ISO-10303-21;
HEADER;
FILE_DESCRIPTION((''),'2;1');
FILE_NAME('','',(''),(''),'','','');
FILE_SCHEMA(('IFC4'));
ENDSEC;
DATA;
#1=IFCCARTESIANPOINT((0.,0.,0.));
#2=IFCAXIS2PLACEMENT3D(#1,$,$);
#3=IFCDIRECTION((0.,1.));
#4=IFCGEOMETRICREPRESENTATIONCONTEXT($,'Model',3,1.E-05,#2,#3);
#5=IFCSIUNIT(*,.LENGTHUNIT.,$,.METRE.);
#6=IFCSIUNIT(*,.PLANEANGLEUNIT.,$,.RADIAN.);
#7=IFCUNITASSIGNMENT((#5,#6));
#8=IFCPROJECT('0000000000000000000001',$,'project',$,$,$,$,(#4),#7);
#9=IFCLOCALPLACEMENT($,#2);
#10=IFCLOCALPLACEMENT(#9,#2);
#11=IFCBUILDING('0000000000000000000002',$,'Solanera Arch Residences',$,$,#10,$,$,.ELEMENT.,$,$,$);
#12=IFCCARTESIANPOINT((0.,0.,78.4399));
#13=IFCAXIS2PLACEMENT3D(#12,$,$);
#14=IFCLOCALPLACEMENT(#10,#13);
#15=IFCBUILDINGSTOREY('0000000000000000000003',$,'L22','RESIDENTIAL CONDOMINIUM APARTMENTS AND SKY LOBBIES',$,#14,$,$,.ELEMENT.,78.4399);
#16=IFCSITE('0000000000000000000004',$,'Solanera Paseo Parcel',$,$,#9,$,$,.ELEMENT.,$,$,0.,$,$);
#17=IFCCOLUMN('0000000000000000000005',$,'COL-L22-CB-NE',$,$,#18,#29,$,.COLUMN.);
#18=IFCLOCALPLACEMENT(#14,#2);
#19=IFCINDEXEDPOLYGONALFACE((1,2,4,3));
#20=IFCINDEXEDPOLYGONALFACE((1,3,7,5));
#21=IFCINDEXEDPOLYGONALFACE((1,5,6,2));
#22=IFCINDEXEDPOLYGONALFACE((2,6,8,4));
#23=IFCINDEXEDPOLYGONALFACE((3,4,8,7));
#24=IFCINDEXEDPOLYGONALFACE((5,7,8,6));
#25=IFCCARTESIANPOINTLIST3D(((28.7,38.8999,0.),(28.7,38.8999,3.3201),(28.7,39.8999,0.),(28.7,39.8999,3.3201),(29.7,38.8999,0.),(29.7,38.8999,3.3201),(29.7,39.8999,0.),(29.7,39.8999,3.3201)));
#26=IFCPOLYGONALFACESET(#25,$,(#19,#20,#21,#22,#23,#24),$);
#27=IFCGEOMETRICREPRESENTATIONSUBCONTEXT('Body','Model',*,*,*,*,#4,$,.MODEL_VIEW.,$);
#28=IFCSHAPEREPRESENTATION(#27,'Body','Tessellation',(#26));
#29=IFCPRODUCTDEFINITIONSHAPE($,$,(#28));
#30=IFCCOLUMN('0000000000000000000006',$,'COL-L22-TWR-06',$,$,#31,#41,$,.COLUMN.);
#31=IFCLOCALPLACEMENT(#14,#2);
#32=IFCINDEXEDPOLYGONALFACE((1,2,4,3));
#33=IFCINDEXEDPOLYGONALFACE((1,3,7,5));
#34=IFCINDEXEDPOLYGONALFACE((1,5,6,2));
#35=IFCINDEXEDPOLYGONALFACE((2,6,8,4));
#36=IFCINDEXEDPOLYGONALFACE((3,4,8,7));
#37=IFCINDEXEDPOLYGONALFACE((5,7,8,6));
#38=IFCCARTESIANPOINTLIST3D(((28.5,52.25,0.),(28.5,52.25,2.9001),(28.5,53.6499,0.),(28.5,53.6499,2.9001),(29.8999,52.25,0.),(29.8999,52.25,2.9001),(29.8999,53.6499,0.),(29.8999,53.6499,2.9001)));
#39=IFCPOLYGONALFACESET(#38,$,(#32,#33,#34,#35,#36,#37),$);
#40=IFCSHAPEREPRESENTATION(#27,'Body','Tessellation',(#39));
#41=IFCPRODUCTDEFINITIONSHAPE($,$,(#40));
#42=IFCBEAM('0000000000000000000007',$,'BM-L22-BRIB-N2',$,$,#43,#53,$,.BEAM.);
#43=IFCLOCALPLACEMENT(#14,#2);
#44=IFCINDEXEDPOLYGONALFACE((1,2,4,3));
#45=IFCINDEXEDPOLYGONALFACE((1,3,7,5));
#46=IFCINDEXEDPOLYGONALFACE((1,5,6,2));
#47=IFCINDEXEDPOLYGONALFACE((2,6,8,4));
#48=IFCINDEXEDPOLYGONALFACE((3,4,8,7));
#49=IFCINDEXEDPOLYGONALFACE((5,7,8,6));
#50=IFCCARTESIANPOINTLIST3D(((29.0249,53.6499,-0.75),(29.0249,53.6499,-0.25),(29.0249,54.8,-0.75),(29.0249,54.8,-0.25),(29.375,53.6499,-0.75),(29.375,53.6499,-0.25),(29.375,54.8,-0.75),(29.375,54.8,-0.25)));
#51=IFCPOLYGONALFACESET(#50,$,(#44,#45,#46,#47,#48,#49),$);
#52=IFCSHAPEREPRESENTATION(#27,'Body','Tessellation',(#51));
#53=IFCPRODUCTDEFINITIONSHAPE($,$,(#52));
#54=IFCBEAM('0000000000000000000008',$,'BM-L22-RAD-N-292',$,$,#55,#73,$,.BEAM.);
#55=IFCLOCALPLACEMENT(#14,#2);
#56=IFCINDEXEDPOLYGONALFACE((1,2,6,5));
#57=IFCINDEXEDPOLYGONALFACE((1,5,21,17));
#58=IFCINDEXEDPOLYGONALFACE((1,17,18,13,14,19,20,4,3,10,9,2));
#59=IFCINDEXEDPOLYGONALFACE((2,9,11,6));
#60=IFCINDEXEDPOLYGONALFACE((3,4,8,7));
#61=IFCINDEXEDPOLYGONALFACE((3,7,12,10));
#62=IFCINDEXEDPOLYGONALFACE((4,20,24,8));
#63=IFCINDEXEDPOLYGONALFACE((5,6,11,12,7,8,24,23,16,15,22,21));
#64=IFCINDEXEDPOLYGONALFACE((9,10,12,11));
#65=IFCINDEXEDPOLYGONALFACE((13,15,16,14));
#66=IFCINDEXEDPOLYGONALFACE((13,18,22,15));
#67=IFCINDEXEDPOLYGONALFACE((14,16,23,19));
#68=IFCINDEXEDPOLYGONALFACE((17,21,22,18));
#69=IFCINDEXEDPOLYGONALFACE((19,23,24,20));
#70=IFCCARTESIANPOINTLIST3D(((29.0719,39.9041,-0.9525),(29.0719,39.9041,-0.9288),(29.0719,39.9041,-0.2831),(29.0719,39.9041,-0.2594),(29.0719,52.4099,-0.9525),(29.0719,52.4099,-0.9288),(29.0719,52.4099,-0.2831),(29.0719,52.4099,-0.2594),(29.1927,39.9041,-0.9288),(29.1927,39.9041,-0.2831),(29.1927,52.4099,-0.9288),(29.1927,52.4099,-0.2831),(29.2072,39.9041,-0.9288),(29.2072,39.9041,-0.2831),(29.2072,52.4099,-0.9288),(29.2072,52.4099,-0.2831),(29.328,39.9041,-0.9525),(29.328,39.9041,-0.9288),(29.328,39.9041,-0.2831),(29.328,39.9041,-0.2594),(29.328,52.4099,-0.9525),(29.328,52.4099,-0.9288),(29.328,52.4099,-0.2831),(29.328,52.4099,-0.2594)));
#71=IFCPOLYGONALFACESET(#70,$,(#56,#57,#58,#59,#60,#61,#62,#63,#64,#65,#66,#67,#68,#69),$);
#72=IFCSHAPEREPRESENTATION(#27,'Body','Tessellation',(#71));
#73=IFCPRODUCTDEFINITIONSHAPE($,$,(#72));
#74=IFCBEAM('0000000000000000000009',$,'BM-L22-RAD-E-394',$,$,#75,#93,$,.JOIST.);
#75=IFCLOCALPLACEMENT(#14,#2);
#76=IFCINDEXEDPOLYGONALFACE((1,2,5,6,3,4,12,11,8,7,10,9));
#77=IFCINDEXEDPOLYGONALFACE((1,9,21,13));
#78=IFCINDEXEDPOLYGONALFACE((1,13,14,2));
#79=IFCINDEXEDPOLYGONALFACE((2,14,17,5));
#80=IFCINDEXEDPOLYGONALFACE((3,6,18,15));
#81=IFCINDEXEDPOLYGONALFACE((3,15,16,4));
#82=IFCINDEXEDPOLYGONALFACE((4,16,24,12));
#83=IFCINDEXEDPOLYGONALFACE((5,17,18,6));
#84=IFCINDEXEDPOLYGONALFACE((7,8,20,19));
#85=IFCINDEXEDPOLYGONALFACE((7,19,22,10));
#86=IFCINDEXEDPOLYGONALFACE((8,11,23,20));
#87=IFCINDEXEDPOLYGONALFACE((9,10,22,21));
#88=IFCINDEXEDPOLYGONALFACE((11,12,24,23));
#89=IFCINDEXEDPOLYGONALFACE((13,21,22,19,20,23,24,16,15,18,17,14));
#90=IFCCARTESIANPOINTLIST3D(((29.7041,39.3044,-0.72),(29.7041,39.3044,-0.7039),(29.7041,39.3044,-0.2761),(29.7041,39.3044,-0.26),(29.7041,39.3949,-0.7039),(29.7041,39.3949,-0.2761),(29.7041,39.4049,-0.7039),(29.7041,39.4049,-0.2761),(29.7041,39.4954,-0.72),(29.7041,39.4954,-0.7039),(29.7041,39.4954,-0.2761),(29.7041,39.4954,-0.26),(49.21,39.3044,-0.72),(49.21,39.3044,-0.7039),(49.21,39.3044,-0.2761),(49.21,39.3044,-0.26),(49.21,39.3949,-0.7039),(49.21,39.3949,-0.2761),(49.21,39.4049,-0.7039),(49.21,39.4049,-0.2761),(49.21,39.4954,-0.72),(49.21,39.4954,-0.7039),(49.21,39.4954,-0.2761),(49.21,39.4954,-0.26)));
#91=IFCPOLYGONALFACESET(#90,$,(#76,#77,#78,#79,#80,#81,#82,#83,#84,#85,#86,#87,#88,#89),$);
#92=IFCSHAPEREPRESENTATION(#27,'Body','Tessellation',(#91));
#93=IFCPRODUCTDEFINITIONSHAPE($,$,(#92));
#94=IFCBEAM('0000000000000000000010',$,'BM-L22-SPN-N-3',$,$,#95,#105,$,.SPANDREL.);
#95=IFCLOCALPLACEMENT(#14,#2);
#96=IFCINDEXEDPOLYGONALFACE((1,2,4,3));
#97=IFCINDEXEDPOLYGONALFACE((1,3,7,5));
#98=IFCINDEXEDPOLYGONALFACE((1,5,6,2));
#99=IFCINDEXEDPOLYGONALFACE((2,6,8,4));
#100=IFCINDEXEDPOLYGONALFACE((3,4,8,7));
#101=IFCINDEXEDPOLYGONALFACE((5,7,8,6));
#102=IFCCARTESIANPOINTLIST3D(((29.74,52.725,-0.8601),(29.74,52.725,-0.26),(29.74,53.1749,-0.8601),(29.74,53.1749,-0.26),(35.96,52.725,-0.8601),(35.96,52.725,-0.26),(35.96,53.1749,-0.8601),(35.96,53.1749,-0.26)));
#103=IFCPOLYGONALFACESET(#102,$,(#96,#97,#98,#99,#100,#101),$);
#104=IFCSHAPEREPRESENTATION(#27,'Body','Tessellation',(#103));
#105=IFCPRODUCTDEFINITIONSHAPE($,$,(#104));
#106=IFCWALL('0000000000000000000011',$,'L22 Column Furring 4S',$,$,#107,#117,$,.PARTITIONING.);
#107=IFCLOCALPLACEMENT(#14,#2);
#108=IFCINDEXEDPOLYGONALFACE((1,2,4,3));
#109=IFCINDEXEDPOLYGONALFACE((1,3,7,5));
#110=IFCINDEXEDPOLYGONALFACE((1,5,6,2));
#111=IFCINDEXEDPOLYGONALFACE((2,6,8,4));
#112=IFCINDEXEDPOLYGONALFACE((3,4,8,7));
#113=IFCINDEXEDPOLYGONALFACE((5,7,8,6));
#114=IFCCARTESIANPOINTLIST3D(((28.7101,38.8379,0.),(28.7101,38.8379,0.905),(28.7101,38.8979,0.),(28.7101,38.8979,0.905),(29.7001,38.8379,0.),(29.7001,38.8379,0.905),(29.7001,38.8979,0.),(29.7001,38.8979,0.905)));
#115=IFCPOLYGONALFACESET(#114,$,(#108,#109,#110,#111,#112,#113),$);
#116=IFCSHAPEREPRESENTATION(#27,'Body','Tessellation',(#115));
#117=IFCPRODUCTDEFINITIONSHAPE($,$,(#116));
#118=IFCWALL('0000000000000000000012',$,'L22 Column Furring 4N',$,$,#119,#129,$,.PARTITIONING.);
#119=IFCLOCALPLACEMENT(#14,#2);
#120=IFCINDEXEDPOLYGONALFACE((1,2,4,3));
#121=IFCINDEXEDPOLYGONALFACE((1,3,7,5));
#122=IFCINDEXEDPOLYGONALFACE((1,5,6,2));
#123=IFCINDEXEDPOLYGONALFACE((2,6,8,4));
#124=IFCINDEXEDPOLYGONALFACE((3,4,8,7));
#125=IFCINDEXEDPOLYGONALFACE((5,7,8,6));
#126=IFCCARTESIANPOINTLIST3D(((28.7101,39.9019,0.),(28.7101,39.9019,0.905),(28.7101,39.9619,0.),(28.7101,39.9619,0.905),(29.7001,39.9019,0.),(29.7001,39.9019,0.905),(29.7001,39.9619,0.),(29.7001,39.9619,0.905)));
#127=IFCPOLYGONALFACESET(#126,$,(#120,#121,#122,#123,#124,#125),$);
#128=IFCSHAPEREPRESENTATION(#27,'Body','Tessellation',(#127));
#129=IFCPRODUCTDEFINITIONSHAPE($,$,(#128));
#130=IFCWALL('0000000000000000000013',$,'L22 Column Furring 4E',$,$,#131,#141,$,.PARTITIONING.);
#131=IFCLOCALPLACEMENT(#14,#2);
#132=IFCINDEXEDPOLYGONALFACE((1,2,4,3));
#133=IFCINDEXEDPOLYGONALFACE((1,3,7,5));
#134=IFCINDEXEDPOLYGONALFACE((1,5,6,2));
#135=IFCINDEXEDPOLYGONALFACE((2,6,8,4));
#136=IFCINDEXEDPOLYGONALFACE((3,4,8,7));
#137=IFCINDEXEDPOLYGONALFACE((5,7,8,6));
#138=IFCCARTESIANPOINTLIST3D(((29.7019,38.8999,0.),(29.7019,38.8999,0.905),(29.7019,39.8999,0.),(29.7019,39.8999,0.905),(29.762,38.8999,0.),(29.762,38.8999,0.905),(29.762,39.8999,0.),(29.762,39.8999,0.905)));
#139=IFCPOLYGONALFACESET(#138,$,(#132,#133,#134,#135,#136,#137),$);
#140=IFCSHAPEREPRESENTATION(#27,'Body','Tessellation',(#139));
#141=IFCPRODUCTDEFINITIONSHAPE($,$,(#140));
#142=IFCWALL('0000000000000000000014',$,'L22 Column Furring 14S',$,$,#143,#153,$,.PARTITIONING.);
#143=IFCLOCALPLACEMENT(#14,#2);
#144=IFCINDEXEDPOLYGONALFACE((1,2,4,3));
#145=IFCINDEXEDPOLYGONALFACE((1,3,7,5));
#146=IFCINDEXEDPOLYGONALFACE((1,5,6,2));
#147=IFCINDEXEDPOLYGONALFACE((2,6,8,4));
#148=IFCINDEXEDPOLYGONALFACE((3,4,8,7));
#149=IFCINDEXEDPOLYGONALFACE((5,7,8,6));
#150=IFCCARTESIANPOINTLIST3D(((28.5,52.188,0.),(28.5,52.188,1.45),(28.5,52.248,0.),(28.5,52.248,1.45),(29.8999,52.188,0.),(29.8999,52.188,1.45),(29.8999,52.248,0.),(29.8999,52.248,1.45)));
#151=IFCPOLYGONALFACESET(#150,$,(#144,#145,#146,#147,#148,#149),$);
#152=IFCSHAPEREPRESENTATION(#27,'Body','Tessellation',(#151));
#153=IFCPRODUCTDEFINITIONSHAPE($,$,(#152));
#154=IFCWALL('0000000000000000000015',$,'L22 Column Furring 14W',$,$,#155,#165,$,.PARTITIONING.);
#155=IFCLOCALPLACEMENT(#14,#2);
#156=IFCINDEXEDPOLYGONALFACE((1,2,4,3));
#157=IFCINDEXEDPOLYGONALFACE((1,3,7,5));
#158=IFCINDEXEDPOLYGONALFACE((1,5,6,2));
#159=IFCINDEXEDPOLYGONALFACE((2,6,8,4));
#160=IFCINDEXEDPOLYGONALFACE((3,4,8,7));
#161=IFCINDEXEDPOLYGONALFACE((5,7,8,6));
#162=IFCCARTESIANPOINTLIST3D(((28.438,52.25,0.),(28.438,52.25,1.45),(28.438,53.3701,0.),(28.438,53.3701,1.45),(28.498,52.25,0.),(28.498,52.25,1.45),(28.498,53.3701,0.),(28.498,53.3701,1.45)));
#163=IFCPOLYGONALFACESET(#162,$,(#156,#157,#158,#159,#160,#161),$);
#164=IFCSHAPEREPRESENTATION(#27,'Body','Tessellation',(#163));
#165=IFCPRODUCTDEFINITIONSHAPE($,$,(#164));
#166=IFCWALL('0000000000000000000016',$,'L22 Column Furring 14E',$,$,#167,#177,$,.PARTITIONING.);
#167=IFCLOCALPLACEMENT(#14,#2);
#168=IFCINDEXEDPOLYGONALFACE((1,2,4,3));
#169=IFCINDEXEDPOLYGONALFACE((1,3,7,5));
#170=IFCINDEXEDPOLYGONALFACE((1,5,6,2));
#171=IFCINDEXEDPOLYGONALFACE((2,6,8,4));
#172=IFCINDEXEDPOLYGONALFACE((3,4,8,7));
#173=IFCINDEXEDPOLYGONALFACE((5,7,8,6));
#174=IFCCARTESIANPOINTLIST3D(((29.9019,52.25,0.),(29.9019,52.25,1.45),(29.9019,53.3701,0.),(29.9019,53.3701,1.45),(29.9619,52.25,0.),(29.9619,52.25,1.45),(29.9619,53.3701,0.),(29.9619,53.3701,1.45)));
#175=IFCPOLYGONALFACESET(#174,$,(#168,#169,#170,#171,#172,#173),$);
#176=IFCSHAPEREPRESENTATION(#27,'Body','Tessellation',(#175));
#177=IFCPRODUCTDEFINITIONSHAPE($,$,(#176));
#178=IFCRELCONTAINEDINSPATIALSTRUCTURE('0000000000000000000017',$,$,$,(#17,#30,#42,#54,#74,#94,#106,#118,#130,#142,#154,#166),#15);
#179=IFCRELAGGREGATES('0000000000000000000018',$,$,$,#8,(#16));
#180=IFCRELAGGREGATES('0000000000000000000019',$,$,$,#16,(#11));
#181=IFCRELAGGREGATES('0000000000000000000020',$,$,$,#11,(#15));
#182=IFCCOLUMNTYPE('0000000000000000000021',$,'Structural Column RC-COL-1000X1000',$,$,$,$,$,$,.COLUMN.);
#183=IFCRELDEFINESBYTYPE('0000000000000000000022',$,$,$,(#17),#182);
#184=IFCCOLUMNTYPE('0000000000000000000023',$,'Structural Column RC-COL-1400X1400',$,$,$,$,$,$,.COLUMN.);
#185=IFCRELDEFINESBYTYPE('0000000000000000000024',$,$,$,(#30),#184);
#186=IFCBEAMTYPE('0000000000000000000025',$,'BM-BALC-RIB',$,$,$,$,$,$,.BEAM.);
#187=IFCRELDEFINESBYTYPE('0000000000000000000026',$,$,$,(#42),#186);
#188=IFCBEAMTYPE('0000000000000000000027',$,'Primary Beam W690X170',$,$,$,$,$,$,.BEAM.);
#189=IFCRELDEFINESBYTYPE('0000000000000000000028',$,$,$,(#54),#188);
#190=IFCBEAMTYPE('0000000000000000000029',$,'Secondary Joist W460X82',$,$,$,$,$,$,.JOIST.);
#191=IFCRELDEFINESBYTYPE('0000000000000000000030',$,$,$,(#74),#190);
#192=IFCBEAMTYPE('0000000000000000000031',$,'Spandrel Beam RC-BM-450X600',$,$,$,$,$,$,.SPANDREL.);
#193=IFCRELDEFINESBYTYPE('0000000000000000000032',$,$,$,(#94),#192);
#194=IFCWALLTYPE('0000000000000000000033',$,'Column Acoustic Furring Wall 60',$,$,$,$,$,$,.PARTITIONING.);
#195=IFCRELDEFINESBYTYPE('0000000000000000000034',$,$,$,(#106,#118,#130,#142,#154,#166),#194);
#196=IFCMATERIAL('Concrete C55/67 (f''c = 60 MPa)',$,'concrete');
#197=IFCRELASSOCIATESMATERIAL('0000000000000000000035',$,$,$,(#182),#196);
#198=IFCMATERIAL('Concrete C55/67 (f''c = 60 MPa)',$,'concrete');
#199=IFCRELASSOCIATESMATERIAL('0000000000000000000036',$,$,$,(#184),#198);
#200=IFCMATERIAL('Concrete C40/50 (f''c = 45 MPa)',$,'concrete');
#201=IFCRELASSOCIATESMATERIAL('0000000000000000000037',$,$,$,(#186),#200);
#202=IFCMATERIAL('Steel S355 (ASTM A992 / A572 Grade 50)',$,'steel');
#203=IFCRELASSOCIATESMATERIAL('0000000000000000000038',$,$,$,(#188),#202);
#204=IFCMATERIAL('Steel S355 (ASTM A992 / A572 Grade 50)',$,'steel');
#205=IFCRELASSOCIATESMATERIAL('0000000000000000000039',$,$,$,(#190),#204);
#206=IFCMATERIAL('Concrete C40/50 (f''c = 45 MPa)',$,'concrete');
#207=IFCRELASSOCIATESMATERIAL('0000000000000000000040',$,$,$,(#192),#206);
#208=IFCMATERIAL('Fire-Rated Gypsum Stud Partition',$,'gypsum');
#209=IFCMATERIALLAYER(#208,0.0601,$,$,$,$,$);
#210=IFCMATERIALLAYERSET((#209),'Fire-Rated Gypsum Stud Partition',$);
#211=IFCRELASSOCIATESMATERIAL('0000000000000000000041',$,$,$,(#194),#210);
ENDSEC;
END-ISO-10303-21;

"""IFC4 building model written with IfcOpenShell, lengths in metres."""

from ifc_helpers import new_model, si_unit, direction, frame, frame_2d, origin, origin_2d, place, context, subcontext, project, spatial, rectangle, i_section, extrude, material, layer, layer_set, material_profile, profile_set, type_object, element, save


model = new_model("IFC4")

# Units and contexts
model_context = context("Model", 3, precision=1e-05, world=origin(), true_north=direction((0.0, 1.0)))
body_context = subcontext(model_context, "Body", "Model", "MODEL_VIEW")
ifc_project = project(units=[si_unit("LENGTHUNIT", "METRE"), si_unit("PLANEANGLEUNIT", "RADIAN")], contexts=[model_context])

# Site, building, storey
site_placement = place(None, origin())
site = spatial("IfcSite", under=ifc_project, at=site_placement, Name="Solanera Paseo Parcel", CompositionType="ELEMENT", RefElevation=0.0)
building_placement = place(site_placement, origin())
building = spatial("IfcBuilding", under=site, at=building_placement, Name="Solanera Arch Residences", CompositionType="ELEMENT")
storey_placement = place(building_placement, frame((0.0, 0.0, 78.4399)))
storey = spatial("IfcBuildingStorey", under=building, at=storey_placement, Name="L22", Description="RESIDENTIAL CONDOMINIUM APARTMENTS AND SKY LOBBIES", CompositionType="ELEMENT", Elevation=78.4399)

# Columns
ifc_material_1 = material(Name="Concrete C55/67 (f'c = 60 MPa)", Category="concrete")
ifc_material_profile_1 = material_profile(ifc_material_1, rectangle(XDim=1.0, YDim=1.0, at=origin_2d()))
ifc_profile_set_1 = profile_set([ifc_material_profile_1], Name="Concrete C55/67 (f'c = 60 MPa)")
column_type_1 = type_object("IfcColumnType", Name="Structural Column RC-COL-1000X1000", PredefinedType="COLUMN", material=ifc_profile_set_1)
column_1_placement = place(storey_placement, frame((29.2, 39.3999, 0.0), z_axis=(0.0, 0.0, 1.0), x_axis=(1.0, 0.0, 0.0)))
element("IfcColumn", 1, at=column_1_placement, inside=storey, type_object=column_type_1, Name="COL-L22-CB-NE", PredefinedType="COLUMN", context=body_context, shape_type="SweptSolid", body=[
    extrude(rectangle(XDim=1.0, YDim=1.0, at=origin_2d()), origin(), (0.0, 0.0, 1.0), 3.3201),
])
ifc_material_2 = material(Name="Concrete C55/67 (f'c = 60 MPa)", Category="concrete")
ifc_material_profile_2 = material_profile(ifc_material_2, rectangle(XDim=1.3999, YDim=1.3999, at=origin_2d()))
ifc_profile_set_2 = profile_set([ifc_material_profile_2], Name="Concrete C55/67 (f'c = 60 MPa)")
column_type_2 = type_object("IfcColumnType", Name="Structural Column RC-COL-1400X1400", PredefinedType="COLUMN", material=ifc_profile_set_2)
column_2_placement = place(storey_placement, frame((29.2, 52.95, 0.0), z_axis=(0.0, 0.0, 1.0), x_axis=(1.0, 0.0, 0.0)))
element("IfcColumn", 2, at=column_2_placement, inside=storey, type_object=column_type_2, Name="COL-L22-TWR-06", PredefinedType="COLUMN", context=body_context, shape_type="SweptSolid", body=[
    extrude(rectangle(XDim=1.3999, YDim=1.3999, at=origin_2d()), origin(), (0.0, 0.0, 1.0), 2.9001),
])

# Beams
ifc_material_3 = material(Name="Concrete C40/50 (f'c = 45 MPa)", Category="concrete")
ifc_material_profile_3 = material_profile(ifc_material_3, rectangle(XDim=0.3501, YDim=0.5, at=origin_2d()))
ifc_profile_set_3 = profile_set([ifc_material_profile_3], Name="Concrete C40/50 (f'c = 45 MPa)")
beam_type_1 = type_object("IfcBeamType", Name="BM-BALC-RIB", PredefinedType="BEAM", material=ifc_profile_set_3)
beam_1_placement = place(storey_placement, frame((29.2, 53.6499, -0.5), z_axis=(0.0, 1.0, 0.0), x_axis=(-1.0, 0.0, 0.0)))
element("IfcBeam", 3, at=beam_1_placement, inside=storey, type_object=beam_type_1, Name="BM-L22-BRIB-N2", PredefinedType="BEAM", context=body_context, shape_type="SweptSolid", body=[
    extrude(rectangle(XDim=0.3501, YDim=0.5, at=origin_2d()), origin(), (0.0, 0.0, 1.0), 1.1501),
])
ifc_material_4 = material(Name="Steel S355 (ASTM A992 / A572 Grade 50)", Category="steel")
ifc_material_profile_4 = material_profile(ifc_material_4, i_section(OverallWidth=0.2561, OverallDepth=0.6931, WebThickness=0.0144, FlangeThickness=0.0237, at=origin_2d()))
ifc_profile_set_4 = profile_set([ifc_material_profile_4], Name="Steel S355 (ASTM A992 / A572 Grade 50)")
beam_type_2 = type_object("IfcBeamType", Name="Primary Beam W690X170", PredefinedType="BEAM", material=ifc_profile_set_4)
beam_2_placement = place(storey_placement, frame((29.2, 39.9041, -0.606), z_axis=(0.0, 1.0, 0.0), x_axis=(-1.0, 0.0, 0.0)))
element("IfcBeam", 4, at=beam_2_placement, inside=storey, type_object=beam_type_2, Name="BM-L22-RAD-N-292", PredefinedType="BEAM", context=body_context, shape_type="SweptSolid", body=[
    extrude(i_section(OverallWidth=0.2561, OverallDepth=0.6931, WebThickness=0.0144, FlangeThickness=0.0237, at=origin_2d()), origin(), (0.0, 0.0, 1.0), 12.5059),
])
ifc_material_5 = material(Name="Steel S355 (ASTM A992 / A572 Grade 50)", Category="steel")
ifc_material_profile_5 = material_profile(ifc_material_5, i_section(OverallWidth=0.1909, OverallDepth=0.46, WebThickness=0.01, FlangeThickness=0.0161, at=origin_2d()))
ifc_profile_set_5 = profile_set([ifc_material_profile_5], Name="Steel S355 (ASTM A992 / A572 Grade 50)")
beam_type_3 = type_object("IfcBeamType", Name="Secondary Joist W460X82", PredefinedType="JOIST", material=ifc_profile_set_5)
beam_3_placement = place(storey_placement, frame((29.7041, 39.3999, -0.49), z_axis=(1.0, 0.0, 0.0), x_axis=(0.0, 1.0, 0.0)))
element("IfcBeam", 5, at=beam_3_placement, inside=storey, type_object=beam_type_3, Name="BM-L22-RAD-E-394", PredefinedType="JOIST", context=body_context, shape_type="SweptSolid", body=[
    extrude(i_section(OverallWidth=0.1909, OverallDepth=0.46, WebThickness=0.01, FlangeThickness=0.0161, at=origin_2d()), origin(), (0.0, 0.0, 1.0), 19.5059),
])
ifc_material_6 = material(Name="Concrete C40/50 (f'c = 45 MPa)", Category="concrete")
ifc_material_profile_6 = material_profile(ifc_material_6, rectangle(XDim=0.45, YDim=0.6001, at=origin_2d()))
ifc_profile_set_6 = profile_set([ifc_material_profile_6], Name="Concrete C40/50 (f'c = 45 MPa)")
beam_type_4 = type_object("IfcBeamType", Name="Spandrel Beam RC-BM-450X600", PredefinedType="SPANDREL", material=ifc_profile_set_6)
beam_4_placement = place(storey_placement, frame((29.74, 52.95, -0.5601), z_axis=(1.0, 0.0, 0.0), x_axis=(0.0, 1.0, 0.0)))
element("IfcBeam", 6, at=beam_4_placement, inside=storey, type_object=beam_type_4, Name="BM-L22-SPN-N-3", PredefinedType="SPANDREL", context=body_context, shape_type="SweptSolid", body=[
    extrude(rectangle(XDim=0.45, YDim=0.6001, at=origin_2d()), origin(), (0.0, 0.0, 1.0), 6.22),
])

# Walls
ifc_material_7 = material(Name="Fire-Rated Gypsum Stud Partition", Category="gypsum")
ifc_layer_1 = layer(ifc_material_7, 0.0601)
ifc_layer_set_1 = layer_set([ifc_layer_1], Name="Fire-Rated Gypsum Stud Partition")
wall_type_1 = type_object("IfcWallType", Name="Column Acoustic Furring Wall 60", PredefinedType="PARTITIONING", material=ifc_layer_set_1)
for number, where, z_axis, x_axis, name in (
    (7, (28.71, 38.8679, 0.0), (0.0, 0.0, 1.0), (1.0, 0.0, 0.0), "L22 Column Furring 4S"),
    (8, (28.71, 39.9319, 0.0), (0.0, 0.0, 1.0), (1.0, 0.0, 0.0), "L22 Column Furring 4N"),
):
    element("IfcWall", number, at=place(storey_placement, frame(where, z_axis=z_axis, x_axis=x_axis)), inside=storey, type_object=wall_type_1, Name=name, PredefinedType="PARTITIONING", context=body_context, shape_type="SweptSolid", body=[
        extrude(rectangle(XDim=0.99, YDim=0.0601, at=frame_2d((0.4951, 0.0))), origin(), (0.0, 0.0, 1.0), 0.905),
    ])
wall_1_placement = place(storey_placement, frame((29.7319, 38.8999, 0.0), z_axis=(0.0, 0.0, 1.0), x_axis=(0.0, 1.0, 0.0)))
element("IfcWall", 9, at=wall_1_placement, inside=storey, type_object=wall_type_1, Name="L22 Column Furring 4E", PredefinedType="PARTITIONING", context=body_context, shape_type="SweptSolid", body=[
    extrude(rectangle(XDim=1.0, YDim=0.0601, at=frame_2d((0.5, 0.0))), origin(), (0.0, 0.0, 1.0), 0.905),
])
wall_2_placement = place(storey_placement, frame((28.5, 52.218, 0.0), z_axis=(0.0, 0.0, 1.0), x_axis=(1.0, 0.0, 0.0)))
element("IfcWall", 10, at=wall_2_placement, inside=storey, type_object=wall_type_1, Name="L22 Column Furring 14S", PredefinedType="PARTITIONING", context=body_context, shape_type="SweptSolid", body=[
    extrude(rectangle(XDim=1.3999, YDim=0.0601, at=frame_2d((0.7, 0.0))), origin(), (0.0, 0.0, 1.0), 1.45),
])
for number, where, z_axis, x_axis, name in (
    (11, (28.468, 52.25, 0.0), (0.0, 0.0, 1.0), (0.0, 1.0, 0.0), "L22 Column Furring 14W"),
    (12, (29.9319, 52.25, 0.0), (0.0, 0.0, 1.0), (0.0, 1.0, 0.0), "L22 Column Furring 14E"),
):
    element("IfcWall", number, at=place(storey_placement, frame(where, z_axis=z_axis, x_axis=x_axis)), inside=storey, type_object=wall_type_1, Name=name, PredefinedType="PARTITIONING", context=body_context, shape_type="SweptSolid", body=[
        extrude(rectangle(XDim=1.1201, YDim=0.0601, at=frame_2d((0.5601, 0.0))), origin(), (0.0, 0.0, 1.0), 1.45),
    ])

save(model, "model.ifc")
